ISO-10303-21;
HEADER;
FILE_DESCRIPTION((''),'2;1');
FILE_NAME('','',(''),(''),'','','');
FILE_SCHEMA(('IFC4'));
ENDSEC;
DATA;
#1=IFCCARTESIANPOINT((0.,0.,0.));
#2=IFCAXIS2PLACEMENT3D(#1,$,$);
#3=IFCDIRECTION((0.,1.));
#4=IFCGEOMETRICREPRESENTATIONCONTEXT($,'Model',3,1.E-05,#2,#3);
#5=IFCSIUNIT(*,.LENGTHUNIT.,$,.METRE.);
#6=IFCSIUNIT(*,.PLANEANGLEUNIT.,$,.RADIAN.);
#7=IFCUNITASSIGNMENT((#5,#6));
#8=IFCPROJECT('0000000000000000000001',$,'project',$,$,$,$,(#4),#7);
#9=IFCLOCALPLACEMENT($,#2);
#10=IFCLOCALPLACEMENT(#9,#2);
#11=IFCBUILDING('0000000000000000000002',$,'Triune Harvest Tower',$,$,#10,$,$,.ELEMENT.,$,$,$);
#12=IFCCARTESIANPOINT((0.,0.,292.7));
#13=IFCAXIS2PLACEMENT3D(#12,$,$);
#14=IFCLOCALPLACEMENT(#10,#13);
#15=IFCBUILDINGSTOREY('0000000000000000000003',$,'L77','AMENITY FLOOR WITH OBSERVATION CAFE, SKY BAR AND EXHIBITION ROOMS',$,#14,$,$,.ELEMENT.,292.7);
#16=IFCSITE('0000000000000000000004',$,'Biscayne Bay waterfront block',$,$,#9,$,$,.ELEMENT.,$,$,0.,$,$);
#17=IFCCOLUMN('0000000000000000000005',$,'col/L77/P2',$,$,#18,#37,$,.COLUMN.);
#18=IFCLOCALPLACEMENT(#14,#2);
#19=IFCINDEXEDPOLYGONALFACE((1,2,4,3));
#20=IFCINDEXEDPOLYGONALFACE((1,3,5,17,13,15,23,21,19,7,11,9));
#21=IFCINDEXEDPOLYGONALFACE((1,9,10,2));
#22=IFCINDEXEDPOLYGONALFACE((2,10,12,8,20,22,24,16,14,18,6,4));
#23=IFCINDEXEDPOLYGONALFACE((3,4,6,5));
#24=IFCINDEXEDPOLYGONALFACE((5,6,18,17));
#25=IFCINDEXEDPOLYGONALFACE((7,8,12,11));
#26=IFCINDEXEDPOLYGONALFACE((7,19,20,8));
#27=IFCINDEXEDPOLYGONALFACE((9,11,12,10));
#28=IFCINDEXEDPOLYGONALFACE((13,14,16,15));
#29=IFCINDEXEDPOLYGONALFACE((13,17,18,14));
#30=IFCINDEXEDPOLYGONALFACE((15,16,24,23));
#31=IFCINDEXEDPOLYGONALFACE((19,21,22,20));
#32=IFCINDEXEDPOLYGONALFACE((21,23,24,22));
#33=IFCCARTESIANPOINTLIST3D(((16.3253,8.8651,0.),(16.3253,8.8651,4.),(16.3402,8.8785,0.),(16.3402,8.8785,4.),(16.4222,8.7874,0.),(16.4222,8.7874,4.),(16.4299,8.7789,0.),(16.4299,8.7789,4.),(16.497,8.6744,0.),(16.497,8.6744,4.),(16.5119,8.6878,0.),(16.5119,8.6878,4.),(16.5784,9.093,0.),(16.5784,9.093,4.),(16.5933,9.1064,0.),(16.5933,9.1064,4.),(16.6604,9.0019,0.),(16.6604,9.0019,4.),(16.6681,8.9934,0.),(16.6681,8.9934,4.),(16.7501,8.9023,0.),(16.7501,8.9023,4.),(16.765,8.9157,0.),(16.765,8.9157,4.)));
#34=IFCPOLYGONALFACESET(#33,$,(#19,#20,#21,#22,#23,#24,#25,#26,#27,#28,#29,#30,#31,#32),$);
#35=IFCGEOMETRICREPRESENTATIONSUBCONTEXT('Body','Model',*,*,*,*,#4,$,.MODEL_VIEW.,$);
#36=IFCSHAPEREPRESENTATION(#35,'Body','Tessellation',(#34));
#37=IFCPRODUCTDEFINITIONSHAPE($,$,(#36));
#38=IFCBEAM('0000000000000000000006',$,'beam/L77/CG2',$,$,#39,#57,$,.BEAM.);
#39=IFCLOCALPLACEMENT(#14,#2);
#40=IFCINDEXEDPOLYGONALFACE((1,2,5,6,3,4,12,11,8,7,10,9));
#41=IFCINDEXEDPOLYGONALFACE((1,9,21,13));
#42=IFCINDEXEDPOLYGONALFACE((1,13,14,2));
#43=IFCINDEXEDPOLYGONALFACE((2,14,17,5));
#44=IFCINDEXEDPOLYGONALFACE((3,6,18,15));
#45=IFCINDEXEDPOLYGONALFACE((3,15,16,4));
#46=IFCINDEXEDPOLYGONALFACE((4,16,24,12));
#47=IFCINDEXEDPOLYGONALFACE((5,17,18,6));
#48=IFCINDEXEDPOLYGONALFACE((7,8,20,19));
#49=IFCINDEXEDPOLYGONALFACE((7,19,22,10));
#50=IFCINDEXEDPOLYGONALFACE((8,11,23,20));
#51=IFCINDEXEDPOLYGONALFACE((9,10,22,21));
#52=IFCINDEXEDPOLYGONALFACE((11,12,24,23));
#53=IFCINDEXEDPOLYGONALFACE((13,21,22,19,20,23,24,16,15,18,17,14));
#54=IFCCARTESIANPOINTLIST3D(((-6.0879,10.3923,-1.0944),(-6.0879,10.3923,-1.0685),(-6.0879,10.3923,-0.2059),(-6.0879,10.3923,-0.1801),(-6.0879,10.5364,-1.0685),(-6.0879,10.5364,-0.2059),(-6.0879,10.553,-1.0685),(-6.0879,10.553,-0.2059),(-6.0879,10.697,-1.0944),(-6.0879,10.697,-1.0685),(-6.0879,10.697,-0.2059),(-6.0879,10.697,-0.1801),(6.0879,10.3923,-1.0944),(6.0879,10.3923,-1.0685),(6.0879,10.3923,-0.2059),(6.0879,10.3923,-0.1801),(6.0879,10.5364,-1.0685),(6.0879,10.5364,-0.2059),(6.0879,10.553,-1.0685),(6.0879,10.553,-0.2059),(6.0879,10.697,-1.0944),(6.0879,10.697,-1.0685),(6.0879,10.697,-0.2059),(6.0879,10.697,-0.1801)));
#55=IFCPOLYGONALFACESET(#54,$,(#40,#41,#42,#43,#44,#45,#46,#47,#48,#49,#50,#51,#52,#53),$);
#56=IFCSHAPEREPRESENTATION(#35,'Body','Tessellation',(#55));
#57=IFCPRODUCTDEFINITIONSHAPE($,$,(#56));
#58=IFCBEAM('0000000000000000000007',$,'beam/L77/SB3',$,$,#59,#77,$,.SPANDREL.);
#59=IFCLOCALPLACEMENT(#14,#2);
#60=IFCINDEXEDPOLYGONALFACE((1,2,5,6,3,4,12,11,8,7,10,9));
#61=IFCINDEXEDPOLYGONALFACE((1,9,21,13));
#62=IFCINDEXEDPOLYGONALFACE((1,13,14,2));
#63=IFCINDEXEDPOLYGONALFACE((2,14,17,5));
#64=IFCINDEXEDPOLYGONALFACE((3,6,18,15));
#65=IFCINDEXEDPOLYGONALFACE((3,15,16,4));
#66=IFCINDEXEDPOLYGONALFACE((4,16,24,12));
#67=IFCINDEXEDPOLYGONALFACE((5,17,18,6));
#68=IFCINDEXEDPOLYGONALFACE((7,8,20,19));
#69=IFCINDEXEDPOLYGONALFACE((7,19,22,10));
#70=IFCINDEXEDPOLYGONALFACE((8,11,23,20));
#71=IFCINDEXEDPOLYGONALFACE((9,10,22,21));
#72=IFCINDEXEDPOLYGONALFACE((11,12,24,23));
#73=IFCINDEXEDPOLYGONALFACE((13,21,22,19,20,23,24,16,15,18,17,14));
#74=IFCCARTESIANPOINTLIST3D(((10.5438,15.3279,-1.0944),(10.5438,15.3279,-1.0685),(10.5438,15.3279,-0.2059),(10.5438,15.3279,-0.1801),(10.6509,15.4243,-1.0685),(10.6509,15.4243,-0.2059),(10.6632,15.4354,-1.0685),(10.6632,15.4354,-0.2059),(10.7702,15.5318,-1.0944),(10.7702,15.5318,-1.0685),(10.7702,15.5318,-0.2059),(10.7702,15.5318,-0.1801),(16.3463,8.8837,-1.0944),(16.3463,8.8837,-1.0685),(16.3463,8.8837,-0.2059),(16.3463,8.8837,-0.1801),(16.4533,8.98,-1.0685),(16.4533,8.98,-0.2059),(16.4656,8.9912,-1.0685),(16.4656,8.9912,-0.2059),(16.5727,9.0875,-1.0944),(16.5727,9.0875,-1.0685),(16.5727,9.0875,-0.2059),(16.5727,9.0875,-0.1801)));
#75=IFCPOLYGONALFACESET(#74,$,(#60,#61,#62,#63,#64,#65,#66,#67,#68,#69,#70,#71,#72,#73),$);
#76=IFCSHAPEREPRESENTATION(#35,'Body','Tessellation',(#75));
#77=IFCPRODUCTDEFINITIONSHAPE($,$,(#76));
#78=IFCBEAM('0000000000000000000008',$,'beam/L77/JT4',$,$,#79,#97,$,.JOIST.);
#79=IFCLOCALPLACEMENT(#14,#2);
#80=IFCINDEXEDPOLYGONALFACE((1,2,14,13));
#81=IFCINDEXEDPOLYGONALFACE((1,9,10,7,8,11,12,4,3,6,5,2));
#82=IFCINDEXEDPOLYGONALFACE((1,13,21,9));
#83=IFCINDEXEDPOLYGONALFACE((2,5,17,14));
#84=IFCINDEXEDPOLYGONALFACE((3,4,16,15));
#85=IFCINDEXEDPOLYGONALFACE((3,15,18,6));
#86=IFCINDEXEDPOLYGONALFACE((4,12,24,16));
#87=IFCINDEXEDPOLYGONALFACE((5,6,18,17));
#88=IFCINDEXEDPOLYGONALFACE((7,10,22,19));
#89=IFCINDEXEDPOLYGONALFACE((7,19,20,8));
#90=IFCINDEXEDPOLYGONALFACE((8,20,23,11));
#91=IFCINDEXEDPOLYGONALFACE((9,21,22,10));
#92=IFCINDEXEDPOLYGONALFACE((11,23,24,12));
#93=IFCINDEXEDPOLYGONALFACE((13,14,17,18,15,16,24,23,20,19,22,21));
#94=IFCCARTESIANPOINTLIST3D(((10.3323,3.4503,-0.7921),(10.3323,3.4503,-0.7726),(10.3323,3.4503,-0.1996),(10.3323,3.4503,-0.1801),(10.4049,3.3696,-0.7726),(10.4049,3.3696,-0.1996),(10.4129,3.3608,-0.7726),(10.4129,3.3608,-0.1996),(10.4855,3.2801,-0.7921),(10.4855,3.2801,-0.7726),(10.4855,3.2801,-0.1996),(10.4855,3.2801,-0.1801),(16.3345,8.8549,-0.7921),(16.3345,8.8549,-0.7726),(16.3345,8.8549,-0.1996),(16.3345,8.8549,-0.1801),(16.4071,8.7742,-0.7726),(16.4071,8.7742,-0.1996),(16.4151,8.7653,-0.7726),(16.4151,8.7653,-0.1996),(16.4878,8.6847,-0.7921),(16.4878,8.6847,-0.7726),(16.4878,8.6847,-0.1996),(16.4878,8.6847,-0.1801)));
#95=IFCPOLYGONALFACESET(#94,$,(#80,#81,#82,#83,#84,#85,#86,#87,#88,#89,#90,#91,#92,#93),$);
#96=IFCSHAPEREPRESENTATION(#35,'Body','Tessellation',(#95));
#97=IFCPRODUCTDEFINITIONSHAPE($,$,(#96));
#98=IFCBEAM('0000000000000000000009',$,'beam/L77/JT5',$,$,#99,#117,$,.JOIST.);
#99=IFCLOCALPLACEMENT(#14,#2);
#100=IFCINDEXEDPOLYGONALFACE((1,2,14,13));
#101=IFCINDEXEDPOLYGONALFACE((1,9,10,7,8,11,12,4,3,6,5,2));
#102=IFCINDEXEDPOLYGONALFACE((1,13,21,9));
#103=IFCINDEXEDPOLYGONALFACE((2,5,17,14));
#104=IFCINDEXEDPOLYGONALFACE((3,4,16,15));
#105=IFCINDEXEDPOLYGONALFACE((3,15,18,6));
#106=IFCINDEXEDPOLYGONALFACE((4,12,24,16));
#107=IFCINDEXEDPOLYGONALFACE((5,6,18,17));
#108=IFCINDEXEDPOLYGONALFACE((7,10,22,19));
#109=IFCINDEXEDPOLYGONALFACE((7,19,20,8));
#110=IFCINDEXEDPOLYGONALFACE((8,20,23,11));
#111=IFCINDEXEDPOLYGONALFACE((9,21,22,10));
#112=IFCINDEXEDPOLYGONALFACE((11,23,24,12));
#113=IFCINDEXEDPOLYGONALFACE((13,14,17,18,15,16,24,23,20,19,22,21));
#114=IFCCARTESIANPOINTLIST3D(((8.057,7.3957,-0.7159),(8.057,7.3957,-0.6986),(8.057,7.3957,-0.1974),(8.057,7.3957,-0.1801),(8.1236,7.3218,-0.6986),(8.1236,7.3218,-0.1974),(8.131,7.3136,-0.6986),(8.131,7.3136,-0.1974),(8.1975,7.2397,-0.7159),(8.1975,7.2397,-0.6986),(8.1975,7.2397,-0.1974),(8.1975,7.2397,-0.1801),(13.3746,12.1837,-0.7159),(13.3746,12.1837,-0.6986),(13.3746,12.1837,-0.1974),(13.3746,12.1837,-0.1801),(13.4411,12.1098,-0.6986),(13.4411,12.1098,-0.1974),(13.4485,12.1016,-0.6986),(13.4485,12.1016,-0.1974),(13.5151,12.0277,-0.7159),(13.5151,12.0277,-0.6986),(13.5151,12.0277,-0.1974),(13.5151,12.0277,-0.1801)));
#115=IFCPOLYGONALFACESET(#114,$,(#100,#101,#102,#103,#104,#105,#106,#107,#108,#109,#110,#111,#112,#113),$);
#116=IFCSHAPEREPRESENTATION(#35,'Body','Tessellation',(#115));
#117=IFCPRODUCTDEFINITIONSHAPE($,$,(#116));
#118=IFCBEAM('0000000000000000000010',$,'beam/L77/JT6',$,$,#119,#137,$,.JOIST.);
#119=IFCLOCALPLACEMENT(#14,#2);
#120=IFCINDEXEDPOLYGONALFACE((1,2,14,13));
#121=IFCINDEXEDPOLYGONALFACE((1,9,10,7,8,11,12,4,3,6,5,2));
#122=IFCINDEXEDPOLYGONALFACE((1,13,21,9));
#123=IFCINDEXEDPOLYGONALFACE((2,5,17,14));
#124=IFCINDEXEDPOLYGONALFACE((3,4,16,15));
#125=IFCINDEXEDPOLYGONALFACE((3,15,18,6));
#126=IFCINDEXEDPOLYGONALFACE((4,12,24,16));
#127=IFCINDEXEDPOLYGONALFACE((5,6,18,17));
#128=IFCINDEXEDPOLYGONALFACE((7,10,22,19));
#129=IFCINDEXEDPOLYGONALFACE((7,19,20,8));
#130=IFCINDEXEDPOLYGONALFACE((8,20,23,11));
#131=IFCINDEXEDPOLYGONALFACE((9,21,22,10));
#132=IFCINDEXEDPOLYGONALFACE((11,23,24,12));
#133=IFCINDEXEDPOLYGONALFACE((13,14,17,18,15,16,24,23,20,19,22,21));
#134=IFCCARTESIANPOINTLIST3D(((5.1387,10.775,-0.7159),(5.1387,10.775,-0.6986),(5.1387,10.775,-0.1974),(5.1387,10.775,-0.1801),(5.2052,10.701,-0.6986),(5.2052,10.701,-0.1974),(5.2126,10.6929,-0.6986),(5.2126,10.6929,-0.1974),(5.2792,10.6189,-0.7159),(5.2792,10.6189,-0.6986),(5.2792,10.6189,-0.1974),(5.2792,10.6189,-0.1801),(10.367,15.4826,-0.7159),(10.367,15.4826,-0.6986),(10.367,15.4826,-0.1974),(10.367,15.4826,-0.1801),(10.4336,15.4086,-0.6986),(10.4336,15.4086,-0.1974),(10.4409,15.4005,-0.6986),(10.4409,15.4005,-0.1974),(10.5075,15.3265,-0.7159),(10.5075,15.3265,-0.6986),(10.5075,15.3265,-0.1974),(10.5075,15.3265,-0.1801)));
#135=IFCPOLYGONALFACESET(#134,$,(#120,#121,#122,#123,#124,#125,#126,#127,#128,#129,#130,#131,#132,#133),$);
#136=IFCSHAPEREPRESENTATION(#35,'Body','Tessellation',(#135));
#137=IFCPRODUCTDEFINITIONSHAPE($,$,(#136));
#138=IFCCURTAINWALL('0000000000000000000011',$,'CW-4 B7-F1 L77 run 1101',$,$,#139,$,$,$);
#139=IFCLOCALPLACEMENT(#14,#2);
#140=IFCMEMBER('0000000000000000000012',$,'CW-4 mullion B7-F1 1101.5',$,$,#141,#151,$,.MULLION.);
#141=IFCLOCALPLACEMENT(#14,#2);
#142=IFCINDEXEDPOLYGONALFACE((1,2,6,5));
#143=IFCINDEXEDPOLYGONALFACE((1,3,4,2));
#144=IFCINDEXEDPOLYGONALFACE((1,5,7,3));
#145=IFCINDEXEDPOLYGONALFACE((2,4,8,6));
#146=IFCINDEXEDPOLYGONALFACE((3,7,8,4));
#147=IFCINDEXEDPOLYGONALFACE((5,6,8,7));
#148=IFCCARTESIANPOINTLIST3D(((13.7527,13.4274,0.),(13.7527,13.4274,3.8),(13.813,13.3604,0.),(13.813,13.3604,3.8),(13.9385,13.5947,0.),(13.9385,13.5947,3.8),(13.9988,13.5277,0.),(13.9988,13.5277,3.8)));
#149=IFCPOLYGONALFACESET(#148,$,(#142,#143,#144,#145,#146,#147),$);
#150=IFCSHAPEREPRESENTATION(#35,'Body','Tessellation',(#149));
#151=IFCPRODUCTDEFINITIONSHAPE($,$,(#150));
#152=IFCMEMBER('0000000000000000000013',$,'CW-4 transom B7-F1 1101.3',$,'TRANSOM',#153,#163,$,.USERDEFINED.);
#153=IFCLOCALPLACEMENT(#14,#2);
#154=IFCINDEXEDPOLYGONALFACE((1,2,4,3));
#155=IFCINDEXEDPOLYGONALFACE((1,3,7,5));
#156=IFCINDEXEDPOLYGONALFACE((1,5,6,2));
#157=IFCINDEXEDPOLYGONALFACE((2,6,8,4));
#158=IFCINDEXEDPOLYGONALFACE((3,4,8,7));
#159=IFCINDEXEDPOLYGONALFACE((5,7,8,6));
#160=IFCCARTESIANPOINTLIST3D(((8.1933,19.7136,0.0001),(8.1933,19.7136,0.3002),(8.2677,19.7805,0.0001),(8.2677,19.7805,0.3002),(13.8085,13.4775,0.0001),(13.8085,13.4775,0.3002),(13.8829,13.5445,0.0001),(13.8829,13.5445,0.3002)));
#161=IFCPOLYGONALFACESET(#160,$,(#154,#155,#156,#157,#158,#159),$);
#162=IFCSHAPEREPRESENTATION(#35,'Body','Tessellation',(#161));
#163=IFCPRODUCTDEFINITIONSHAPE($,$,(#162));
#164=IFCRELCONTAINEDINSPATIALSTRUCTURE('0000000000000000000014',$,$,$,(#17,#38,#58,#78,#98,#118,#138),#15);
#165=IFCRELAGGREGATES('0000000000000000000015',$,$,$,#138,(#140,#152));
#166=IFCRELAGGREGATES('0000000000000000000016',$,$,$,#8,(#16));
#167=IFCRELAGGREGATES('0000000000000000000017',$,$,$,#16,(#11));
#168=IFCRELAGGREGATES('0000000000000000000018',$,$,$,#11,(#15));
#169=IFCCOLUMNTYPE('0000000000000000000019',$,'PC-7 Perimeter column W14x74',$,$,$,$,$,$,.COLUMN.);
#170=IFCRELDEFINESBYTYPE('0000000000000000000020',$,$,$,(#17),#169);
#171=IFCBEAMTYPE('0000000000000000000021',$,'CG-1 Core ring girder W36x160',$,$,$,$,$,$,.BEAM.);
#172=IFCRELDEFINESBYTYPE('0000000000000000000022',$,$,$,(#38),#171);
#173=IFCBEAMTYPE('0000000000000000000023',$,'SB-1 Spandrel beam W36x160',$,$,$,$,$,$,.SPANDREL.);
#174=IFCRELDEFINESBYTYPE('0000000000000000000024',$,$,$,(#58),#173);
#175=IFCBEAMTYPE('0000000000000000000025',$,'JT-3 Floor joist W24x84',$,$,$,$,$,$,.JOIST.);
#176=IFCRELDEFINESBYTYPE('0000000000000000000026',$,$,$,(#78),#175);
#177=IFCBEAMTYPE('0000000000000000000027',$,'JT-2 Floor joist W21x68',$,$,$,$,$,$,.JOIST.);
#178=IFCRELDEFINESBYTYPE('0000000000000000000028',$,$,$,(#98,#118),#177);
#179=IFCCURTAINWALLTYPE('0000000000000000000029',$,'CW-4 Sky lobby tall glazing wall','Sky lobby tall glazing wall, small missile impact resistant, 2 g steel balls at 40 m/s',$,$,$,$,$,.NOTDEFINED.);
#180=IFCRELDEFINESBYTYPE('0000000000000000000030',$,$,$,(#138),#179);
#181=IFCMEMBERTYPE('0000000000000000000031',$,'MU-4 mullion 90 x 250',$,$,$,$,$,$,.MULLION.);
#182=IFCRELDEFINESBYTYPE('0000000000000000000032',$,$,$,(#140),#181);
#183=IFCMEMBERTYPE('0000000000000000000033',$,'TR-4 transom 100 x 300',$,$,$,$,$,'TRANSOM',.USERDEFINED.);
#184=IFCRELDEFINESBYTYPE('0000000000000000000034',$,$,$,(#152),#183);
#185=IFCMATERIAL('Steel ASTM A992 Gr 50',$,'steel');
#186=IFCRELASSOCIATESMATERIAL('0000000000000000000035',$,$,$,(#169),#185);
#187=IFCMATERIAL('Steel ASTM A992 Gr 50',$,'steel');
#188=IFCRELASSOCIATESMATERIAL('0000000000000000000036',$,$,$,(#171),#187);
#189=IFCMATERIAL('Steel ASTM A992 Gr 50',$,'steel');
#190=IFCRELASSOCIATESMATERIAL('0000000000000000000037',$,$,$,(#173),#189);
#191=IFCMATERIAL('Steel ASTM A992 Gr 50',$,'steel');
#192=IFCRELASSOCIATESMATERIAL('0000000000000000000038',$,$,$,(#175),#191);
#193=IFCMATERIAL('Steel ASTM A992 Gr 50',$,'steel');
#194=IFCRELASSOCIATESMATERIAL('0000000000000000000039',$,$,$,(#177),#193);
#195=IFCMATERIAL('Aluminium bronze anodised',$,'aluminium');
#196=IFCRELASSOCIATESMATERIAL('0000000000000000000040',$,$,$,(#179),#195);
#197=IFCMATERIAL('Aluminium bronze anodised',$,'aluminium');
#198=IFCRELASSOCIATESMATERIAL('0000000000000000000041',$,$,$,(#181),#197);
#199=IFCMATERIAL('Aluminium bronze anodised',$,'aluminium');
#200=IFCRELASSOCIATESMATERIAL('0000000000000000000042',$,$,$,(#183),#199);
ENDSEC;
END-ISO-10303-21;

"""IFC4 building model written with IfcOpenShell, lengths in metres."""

from ifc_helpers import new_model, si_unit, direction, frame, origin, origin_2d, place, context, subcontext, project, spatial, rectangle, i_section, extrude, source, transform, mapped, material, material_profile, profile_set, type_object, element, aggregate, save


model = new_model("IFC4")

# Units and contexts
model_context = context("Model", 3, precision=1e-05, world=origin(), true_north=direction((0.0, 1.0)))
body_context = subcontext(model_context, "Body", "Model", "MODEL_VIEW")
ifc_project = project(units=[si_unit("LENGTHUNIT", "METRE"), si_unit("PLANEANGLEUNIT", "RADIAN")], contexts=[model_context])

# Site, building, storey
site_placement = place(None, origin())
site = spatial("IfcSite", under=ifc_project, at=site_placement, Name="Biscayne Bay waterfront block", CompositionType="ELEMENT", RefElevation=0.0)
building_placement = place(site_placement, origin())
building = spatial("IfcBuilding", under=site, at=building_placement, Name="Triune Harvest Tower", CompositionType="ELEMENT")
storey_placement = place(building_placement, frame((0.0, 0.0, 292.7)))
storey = spatial("IfcBuildingStorey", under=building, at=storey_placement, Name="L77", Description="AMENITY FLOOR WITH OBSERVATION CAFE, SKY BAR AND EXHIBITION ROOMS", CompositionType="ELEMENT", Elevation=292.7)

# Column
ifc_material_1 = material(Name="Steel ASTM A992 Gr 50", Category="steel")
ifc_material_profile_1 = material_profile(ifc_material_1, i_section(OverallWidth=0.2566, OverallDepth=0.3606, WebThickness=0.0115, FlangeThickness=0.02, at=origin_2d()), Name="W14x74")
ifc_profile_set_1 = profile_set([ifc_material_profile_1], Name="Steel ASTM A992 Gr 50")
column_type = type_object("IfcColumnType", Name="PC-7 Perimeter column W14x74", PredefinedType="COLUMN", material=ifc_profile_set_1)
shared_shape_1 = source(origin(), body_context, "Body", "SweptSolid", [
    extrude(i_section(OverallWidth=0.2566, OverallDepth=0.3606, WebThickness=0.0115, FlangeThickness=0.02, at=origin_2d()), origin(), (0.0, 0.0, 1.0), 4.0),
])
column_placement = place(storey_placement, frame((16.5452, 8.8904, 0.0), z_axis=(0.0, 0.0, 1.0), x_axis=(-0.669131, 0.743145, 0.0)))
element("IfcColumn", 1, at=column_placement, inside=storey, type_object=column_type, Name="col/L77/P2", PredefinedType="COLUMN", context=body_context, shape_type="MappedRepresentation", body=[
    mapped(shared_shape_1, transform((0.0, 0.0, 0.0), scale=1.0)),
])

# Beams
ifc_material_2 = material(Name="Steel ASTM A992 Gr 50", Category="steel")
ifc_material_profile_2 = material_profile(ifc_material_2, i_section(OverallWidth=0.3047, OverallDepth=0.9143, WebThickness=0.0166, FlangeThickness=0.0259, at=origin_2d()), Name="W36x160")
ifc_profile_set_2 = profile_set([ifc_material_profile_2], Name="Steel ASTM A992 Gr 50")
beam_type_1 = type_object("IfcBeamType", Name="CG-1 Core ring girder W36x160", PredefinedType="BEAM", material=ifc_profile_set_2)
shared_shape_2 = source(origin(), body_context, "Body", "SweptSolid", [
    extrude(i_section(OverallWidth=0.3047, OverallDepth=0.9143, WebThickness=0.0166, FlangeThickness=0.0259, at=origin_2d()), origin(), (0.0, 0.0, 1.0), 12.1758),
])
beam_1_placement = place(storey_placement, frame((6.0879, 10.5447, -0.6372), z_axis=(-1.0, 0.0, 0.0), x_axis=(0.0, -1.0, 0.0)))
element("IfcBeam", 2, at=beam_1_placement, inside=storey, type_object=beam_type_1, Name="beam/L77/CG2", PredefinedType="BEAM", context=body_context, shape_type="MappedRepresentation", body=[
    mapped(shared_shape_2, transform((0.0, 0.0, 0.0), scale=1.0)),
])
ifc_material_3 = material(Name="Steel ASTM A992 Gr 50", Category="steel")
ifc_material_profile_3 = material_profile(ifc_material_3, i_section(OverallWidth=0.3047, OverallDepth=0.9143, WebThickness=0.0166, FlangeThickness=0.0259, at=origin_2d()), Name="W36x160")
ifc_profile_set_3 = profile_set([ifc_material_profile_3], Name="Steel ASTM A992 Gr 50")
beam_type_2 = type_object("IfcBeamType", Name="SB-1 Spandrel beam W36x160", PredefinedType="SPANDREL", material=ifc_profile_set_3)
shared_shape_3 = source(origin(), body_context, "Body", "SweptSolid", [
    extrude(i_section(OverallWidth=0.3047, OverallDepth=0.9143, WebThickness=0.0166, FlangeThickness=0.0259, at=origin_2d()), origin(), (0.0, 0.0, 1.0), 8.6716),
])
beam_2_placement = place(storey_placement, frame((16.4595, 8.9856, -0.6372), z_axis=(-0.66913, 0.743146, 0.0), x_axis=(-0.743146, -0.66913, 0.0)))
element("IfcBeam", 3, at=beam_2_placement, inside=storey, type_object=beam_type_2, Name="beam/L77/SB3", PredefinedType="SPANDREL", context=body_context, shape_type="MappedRepresentation", body=[
    mapped(shared_shape_3, transform((0.0, 0.0, 0.0), scale=1.0)),
])
ifc_material_4 = material(Name="Steel ASTM A992 Gr 50", Category="steel")
ifc_material_profile_4 = material_profile(ifc_material_4, i_section(OverallWidth=0.229, OverallDepth=0.6121, WebThickness=0.012, FlangeThickness=0.0195, at=origin_2d()), Name="W24x84")
ifc_profile_set_4 = profile_set([ifc_material_profile_4], Name="Steel ASTM A992 Gr 50")
beam_type_3 = type_object("IfcBeamType", Name="JT-3 Floor joist W24x84", PredefinedType="JOIST", material=ifc_profile_set_4)
shared_shape_4 = source(origin(), body_context, "Body", "SweptSolid", [
    extrude(i_section(OverallWidth=0.229, OverallDepth=0.6121, WebThickness=0.012, FlangeThickness=0.0195, at=origin_2d()), origin(), (0.0, 0.0, 1.0), 8.0769),
])
beam_3_placement = place(storey_placement, frame((16.4111, 8.7698, -0.4861), z_axis=(-0.743136, -0.66914, 0.0), x_axis=(0.66914, -0.743136, 0.0)))
element("IfcBeam", 4, at=beam_3_placement, inside=storey, type_object=beam_type_3, Name="beam/L77/JT4", PredefinedType="JOIST", context=body_context, shape_type="MappedRepresentation", body=[
    mapped(shared_shape_4, transform((0.0, 0.0, 0.0), scale=1.0)),
])
ifc_material_5 = material(Name="Steel ASTM A992 Gr 50", Category="steel")
ifc_material_profile_5 = material_profile(ifc_material_5, i_section(OverallWidth=0.21, OverallDepth=0.5359, WebThickness=0.011, FlangeThickness=0.0173, at=origin_2d()), Name="W21x68")
ifc_profile_set_5 = profile_set([ifc_material_profile_5], Name="Steel ASTM A992 Gr 50")
beam_type_4 = type_object("IfcBeamType", Name="JT-2 Floor joist W21x68", PredefinedType="JOIST", material=ifc_profile_set_5)
shared_shape_5 = source(origin(), body_context, "Body", "SweptSolid", [
    extrude(i_section(OverallWidth=0.21, OverallDepth=0.5359, WebThickness=0.011, FlangeThickness=0.0173, at=origin_2d()), origin(), (0.0, 0.0, 1.0), 7.1555),
])
beam_4_placement = place(storey_placement, frame((13.4448, 12.1057, -0.448), z_axis=(-0.74314, -0.669136, 0.0), x_axis=(0.669136, -0.74314, 0.0)))
element("IfcBeam", 5, at=beam_4_placement, inside=storey, type_object=beam_type_4, Name="beam/L77/JT5", PredefinedType="JOIST", context=body_context, shape_type="MappedRepresentation", body=[
    mapped(shared_shape_5, transform((0.0, 0.0, 0.0), scale=1.0)),
])
shared_shape_6 = source(origin(), body_context, "Body", "SweptSolid", [
    extrude(i_section(OverallWidth=0.21, OverallDepth=0.5359, WebThickness=0.011, FlangeThickness=0.0173, at=origin_2d()), origin(), (0.0, 0.0, 1.0), 7.0354),
])
beam_5_placement = place(storey_placement, frame((10.4373, 15.4045, -0.448), z_axis=(-0.743147, -0.669128, 0.0), x_axis=(0.669128, -0.743147, 0.0)))
element("IfcBeam", 6, at=beam_5_placement, inside=storey, type_object=beam_type_4, Name="beam/L77/JT6", PredefinedType="JOIST", context=body_context, shape_type="MappedRepresentation", body=[
    mapped(shared_shape_6, transform((0.0, 0.0, 0.0), scale=1.0)),
])

# Curtain wall, members
ifc_material_6 = material(Name="Aluminium bronze anodised", Category="aluminium")
curtain_wall_type = type_object("IfcCurtainWallType", Name="CW-4 Sky lobby tall glazing wall", Description="Sky lobby tall glazing wall, small missile impact resistant, 2 g steel balls at 40 m/s", PredefinedType="NOTDEFINED", material=ifc_material_6)
curtain_wall_placement = place(storey_placement, origin())
curtain_wall = element("IfcCurtainWall", 7, at=curtain_wall_placement, inside=storey, type_object=curtain_wall_type, Name="CW-4 B7-F1 L77 run 1101")
ifc_material_7 = material(Name="Aluminium bronze anodised", Category="aluminium")
ifc_material_profile_6 = material_profile(ifc_material_7, rectangle(XDim=0.25, YDim=0.0901, at=origin_2d()), Name="MU-4 mullion 90 x 250")
ifc_profile_set_6 = profile_set([ifc_material_profile_6], Name="Aluminium bronze anodised")
member_type_1 = type_object("IfcMemberType", Name="MU-4 mullion 90 x 250", PredefinedType="MULLION", material=ifc_profile_set_6)
shared_shape_7 = source(origin(), body_context, "Body", "SweptSolid", [
    extrude(rectangle(XDim=0.25, YDim=0.0901, at=origin_2d()), origin(), (0.0, 0.0, 1.0), 3.8),
])
member_1_placement = place(storey_placement, frame((13.8757, 13.4775, 0.0), z_axis=(0.0, 0.0, 1.0), x_axis=(-0.743143, -0.669132, 0.0)))
member_1 = element("IfcMember", 8, at=member_1_placement, type_object=member_type_1, Name="CW-4 mullion B7-F1 1101.5", PredefinedType="MULLION", context=body_context, shape_type="MappedRepresentation", body=[
    mapped(shared_shape_7, transform((0.0, 0.0, 0.0), scale=1.0)),
])
ifc_material_8 = material(Name="Aluminium bronze anodised", Category="aluminium")
ifc_material_profile_7 = material_profile(ifc_material_8, rectangle(XDim=0.1001, YDim=0.3, at=origin_2d()), Name="TR-4 transom 100 x 300")
ifc_profile_set_7 = profile_set([ifc_material_profile_7], Name="Aluminium bronze anodised")
member_type_2 = type_object("IfcMemberType", Name="TR-4 transom 100 x 300", ElementType="TRANSOM", PredefinedType="USERDEFINED", material=ifc_profile_set_7)
shared_shape_8 = source(origin(), body_context, "Body", "SweptSolid", [
    extrude(rectangle(XDim=0.1001, YDim=0.3, at=origin_2d()), origin(), (0.0, 0.0, 1.0), 8.3916),
])
member_2_placement = place(storey_placement, frame((13.8457, 13.511, 0.1501), z_axis=(-0.669146, 0.743131, 0.0), x_axis=(-0.743131, -0.669146, 0.0)))
member_2 = element("IfcMember", 9, at=member_2_placement, type_object=member_type_2, Name="CW-4 transom B7-F1 1101.3", ObjectType="TRANSOM", PredefinedType="USERDEFINED", context=body_context, shape_type="MappedRepresentation", body=[
    mapped(shared_shape_8, transform((0.0, 0.0, 0.0), scale=1.0)),
])
aggregate(curtain_wall, [member_1, member_2])

save(model, "model.ifc")
